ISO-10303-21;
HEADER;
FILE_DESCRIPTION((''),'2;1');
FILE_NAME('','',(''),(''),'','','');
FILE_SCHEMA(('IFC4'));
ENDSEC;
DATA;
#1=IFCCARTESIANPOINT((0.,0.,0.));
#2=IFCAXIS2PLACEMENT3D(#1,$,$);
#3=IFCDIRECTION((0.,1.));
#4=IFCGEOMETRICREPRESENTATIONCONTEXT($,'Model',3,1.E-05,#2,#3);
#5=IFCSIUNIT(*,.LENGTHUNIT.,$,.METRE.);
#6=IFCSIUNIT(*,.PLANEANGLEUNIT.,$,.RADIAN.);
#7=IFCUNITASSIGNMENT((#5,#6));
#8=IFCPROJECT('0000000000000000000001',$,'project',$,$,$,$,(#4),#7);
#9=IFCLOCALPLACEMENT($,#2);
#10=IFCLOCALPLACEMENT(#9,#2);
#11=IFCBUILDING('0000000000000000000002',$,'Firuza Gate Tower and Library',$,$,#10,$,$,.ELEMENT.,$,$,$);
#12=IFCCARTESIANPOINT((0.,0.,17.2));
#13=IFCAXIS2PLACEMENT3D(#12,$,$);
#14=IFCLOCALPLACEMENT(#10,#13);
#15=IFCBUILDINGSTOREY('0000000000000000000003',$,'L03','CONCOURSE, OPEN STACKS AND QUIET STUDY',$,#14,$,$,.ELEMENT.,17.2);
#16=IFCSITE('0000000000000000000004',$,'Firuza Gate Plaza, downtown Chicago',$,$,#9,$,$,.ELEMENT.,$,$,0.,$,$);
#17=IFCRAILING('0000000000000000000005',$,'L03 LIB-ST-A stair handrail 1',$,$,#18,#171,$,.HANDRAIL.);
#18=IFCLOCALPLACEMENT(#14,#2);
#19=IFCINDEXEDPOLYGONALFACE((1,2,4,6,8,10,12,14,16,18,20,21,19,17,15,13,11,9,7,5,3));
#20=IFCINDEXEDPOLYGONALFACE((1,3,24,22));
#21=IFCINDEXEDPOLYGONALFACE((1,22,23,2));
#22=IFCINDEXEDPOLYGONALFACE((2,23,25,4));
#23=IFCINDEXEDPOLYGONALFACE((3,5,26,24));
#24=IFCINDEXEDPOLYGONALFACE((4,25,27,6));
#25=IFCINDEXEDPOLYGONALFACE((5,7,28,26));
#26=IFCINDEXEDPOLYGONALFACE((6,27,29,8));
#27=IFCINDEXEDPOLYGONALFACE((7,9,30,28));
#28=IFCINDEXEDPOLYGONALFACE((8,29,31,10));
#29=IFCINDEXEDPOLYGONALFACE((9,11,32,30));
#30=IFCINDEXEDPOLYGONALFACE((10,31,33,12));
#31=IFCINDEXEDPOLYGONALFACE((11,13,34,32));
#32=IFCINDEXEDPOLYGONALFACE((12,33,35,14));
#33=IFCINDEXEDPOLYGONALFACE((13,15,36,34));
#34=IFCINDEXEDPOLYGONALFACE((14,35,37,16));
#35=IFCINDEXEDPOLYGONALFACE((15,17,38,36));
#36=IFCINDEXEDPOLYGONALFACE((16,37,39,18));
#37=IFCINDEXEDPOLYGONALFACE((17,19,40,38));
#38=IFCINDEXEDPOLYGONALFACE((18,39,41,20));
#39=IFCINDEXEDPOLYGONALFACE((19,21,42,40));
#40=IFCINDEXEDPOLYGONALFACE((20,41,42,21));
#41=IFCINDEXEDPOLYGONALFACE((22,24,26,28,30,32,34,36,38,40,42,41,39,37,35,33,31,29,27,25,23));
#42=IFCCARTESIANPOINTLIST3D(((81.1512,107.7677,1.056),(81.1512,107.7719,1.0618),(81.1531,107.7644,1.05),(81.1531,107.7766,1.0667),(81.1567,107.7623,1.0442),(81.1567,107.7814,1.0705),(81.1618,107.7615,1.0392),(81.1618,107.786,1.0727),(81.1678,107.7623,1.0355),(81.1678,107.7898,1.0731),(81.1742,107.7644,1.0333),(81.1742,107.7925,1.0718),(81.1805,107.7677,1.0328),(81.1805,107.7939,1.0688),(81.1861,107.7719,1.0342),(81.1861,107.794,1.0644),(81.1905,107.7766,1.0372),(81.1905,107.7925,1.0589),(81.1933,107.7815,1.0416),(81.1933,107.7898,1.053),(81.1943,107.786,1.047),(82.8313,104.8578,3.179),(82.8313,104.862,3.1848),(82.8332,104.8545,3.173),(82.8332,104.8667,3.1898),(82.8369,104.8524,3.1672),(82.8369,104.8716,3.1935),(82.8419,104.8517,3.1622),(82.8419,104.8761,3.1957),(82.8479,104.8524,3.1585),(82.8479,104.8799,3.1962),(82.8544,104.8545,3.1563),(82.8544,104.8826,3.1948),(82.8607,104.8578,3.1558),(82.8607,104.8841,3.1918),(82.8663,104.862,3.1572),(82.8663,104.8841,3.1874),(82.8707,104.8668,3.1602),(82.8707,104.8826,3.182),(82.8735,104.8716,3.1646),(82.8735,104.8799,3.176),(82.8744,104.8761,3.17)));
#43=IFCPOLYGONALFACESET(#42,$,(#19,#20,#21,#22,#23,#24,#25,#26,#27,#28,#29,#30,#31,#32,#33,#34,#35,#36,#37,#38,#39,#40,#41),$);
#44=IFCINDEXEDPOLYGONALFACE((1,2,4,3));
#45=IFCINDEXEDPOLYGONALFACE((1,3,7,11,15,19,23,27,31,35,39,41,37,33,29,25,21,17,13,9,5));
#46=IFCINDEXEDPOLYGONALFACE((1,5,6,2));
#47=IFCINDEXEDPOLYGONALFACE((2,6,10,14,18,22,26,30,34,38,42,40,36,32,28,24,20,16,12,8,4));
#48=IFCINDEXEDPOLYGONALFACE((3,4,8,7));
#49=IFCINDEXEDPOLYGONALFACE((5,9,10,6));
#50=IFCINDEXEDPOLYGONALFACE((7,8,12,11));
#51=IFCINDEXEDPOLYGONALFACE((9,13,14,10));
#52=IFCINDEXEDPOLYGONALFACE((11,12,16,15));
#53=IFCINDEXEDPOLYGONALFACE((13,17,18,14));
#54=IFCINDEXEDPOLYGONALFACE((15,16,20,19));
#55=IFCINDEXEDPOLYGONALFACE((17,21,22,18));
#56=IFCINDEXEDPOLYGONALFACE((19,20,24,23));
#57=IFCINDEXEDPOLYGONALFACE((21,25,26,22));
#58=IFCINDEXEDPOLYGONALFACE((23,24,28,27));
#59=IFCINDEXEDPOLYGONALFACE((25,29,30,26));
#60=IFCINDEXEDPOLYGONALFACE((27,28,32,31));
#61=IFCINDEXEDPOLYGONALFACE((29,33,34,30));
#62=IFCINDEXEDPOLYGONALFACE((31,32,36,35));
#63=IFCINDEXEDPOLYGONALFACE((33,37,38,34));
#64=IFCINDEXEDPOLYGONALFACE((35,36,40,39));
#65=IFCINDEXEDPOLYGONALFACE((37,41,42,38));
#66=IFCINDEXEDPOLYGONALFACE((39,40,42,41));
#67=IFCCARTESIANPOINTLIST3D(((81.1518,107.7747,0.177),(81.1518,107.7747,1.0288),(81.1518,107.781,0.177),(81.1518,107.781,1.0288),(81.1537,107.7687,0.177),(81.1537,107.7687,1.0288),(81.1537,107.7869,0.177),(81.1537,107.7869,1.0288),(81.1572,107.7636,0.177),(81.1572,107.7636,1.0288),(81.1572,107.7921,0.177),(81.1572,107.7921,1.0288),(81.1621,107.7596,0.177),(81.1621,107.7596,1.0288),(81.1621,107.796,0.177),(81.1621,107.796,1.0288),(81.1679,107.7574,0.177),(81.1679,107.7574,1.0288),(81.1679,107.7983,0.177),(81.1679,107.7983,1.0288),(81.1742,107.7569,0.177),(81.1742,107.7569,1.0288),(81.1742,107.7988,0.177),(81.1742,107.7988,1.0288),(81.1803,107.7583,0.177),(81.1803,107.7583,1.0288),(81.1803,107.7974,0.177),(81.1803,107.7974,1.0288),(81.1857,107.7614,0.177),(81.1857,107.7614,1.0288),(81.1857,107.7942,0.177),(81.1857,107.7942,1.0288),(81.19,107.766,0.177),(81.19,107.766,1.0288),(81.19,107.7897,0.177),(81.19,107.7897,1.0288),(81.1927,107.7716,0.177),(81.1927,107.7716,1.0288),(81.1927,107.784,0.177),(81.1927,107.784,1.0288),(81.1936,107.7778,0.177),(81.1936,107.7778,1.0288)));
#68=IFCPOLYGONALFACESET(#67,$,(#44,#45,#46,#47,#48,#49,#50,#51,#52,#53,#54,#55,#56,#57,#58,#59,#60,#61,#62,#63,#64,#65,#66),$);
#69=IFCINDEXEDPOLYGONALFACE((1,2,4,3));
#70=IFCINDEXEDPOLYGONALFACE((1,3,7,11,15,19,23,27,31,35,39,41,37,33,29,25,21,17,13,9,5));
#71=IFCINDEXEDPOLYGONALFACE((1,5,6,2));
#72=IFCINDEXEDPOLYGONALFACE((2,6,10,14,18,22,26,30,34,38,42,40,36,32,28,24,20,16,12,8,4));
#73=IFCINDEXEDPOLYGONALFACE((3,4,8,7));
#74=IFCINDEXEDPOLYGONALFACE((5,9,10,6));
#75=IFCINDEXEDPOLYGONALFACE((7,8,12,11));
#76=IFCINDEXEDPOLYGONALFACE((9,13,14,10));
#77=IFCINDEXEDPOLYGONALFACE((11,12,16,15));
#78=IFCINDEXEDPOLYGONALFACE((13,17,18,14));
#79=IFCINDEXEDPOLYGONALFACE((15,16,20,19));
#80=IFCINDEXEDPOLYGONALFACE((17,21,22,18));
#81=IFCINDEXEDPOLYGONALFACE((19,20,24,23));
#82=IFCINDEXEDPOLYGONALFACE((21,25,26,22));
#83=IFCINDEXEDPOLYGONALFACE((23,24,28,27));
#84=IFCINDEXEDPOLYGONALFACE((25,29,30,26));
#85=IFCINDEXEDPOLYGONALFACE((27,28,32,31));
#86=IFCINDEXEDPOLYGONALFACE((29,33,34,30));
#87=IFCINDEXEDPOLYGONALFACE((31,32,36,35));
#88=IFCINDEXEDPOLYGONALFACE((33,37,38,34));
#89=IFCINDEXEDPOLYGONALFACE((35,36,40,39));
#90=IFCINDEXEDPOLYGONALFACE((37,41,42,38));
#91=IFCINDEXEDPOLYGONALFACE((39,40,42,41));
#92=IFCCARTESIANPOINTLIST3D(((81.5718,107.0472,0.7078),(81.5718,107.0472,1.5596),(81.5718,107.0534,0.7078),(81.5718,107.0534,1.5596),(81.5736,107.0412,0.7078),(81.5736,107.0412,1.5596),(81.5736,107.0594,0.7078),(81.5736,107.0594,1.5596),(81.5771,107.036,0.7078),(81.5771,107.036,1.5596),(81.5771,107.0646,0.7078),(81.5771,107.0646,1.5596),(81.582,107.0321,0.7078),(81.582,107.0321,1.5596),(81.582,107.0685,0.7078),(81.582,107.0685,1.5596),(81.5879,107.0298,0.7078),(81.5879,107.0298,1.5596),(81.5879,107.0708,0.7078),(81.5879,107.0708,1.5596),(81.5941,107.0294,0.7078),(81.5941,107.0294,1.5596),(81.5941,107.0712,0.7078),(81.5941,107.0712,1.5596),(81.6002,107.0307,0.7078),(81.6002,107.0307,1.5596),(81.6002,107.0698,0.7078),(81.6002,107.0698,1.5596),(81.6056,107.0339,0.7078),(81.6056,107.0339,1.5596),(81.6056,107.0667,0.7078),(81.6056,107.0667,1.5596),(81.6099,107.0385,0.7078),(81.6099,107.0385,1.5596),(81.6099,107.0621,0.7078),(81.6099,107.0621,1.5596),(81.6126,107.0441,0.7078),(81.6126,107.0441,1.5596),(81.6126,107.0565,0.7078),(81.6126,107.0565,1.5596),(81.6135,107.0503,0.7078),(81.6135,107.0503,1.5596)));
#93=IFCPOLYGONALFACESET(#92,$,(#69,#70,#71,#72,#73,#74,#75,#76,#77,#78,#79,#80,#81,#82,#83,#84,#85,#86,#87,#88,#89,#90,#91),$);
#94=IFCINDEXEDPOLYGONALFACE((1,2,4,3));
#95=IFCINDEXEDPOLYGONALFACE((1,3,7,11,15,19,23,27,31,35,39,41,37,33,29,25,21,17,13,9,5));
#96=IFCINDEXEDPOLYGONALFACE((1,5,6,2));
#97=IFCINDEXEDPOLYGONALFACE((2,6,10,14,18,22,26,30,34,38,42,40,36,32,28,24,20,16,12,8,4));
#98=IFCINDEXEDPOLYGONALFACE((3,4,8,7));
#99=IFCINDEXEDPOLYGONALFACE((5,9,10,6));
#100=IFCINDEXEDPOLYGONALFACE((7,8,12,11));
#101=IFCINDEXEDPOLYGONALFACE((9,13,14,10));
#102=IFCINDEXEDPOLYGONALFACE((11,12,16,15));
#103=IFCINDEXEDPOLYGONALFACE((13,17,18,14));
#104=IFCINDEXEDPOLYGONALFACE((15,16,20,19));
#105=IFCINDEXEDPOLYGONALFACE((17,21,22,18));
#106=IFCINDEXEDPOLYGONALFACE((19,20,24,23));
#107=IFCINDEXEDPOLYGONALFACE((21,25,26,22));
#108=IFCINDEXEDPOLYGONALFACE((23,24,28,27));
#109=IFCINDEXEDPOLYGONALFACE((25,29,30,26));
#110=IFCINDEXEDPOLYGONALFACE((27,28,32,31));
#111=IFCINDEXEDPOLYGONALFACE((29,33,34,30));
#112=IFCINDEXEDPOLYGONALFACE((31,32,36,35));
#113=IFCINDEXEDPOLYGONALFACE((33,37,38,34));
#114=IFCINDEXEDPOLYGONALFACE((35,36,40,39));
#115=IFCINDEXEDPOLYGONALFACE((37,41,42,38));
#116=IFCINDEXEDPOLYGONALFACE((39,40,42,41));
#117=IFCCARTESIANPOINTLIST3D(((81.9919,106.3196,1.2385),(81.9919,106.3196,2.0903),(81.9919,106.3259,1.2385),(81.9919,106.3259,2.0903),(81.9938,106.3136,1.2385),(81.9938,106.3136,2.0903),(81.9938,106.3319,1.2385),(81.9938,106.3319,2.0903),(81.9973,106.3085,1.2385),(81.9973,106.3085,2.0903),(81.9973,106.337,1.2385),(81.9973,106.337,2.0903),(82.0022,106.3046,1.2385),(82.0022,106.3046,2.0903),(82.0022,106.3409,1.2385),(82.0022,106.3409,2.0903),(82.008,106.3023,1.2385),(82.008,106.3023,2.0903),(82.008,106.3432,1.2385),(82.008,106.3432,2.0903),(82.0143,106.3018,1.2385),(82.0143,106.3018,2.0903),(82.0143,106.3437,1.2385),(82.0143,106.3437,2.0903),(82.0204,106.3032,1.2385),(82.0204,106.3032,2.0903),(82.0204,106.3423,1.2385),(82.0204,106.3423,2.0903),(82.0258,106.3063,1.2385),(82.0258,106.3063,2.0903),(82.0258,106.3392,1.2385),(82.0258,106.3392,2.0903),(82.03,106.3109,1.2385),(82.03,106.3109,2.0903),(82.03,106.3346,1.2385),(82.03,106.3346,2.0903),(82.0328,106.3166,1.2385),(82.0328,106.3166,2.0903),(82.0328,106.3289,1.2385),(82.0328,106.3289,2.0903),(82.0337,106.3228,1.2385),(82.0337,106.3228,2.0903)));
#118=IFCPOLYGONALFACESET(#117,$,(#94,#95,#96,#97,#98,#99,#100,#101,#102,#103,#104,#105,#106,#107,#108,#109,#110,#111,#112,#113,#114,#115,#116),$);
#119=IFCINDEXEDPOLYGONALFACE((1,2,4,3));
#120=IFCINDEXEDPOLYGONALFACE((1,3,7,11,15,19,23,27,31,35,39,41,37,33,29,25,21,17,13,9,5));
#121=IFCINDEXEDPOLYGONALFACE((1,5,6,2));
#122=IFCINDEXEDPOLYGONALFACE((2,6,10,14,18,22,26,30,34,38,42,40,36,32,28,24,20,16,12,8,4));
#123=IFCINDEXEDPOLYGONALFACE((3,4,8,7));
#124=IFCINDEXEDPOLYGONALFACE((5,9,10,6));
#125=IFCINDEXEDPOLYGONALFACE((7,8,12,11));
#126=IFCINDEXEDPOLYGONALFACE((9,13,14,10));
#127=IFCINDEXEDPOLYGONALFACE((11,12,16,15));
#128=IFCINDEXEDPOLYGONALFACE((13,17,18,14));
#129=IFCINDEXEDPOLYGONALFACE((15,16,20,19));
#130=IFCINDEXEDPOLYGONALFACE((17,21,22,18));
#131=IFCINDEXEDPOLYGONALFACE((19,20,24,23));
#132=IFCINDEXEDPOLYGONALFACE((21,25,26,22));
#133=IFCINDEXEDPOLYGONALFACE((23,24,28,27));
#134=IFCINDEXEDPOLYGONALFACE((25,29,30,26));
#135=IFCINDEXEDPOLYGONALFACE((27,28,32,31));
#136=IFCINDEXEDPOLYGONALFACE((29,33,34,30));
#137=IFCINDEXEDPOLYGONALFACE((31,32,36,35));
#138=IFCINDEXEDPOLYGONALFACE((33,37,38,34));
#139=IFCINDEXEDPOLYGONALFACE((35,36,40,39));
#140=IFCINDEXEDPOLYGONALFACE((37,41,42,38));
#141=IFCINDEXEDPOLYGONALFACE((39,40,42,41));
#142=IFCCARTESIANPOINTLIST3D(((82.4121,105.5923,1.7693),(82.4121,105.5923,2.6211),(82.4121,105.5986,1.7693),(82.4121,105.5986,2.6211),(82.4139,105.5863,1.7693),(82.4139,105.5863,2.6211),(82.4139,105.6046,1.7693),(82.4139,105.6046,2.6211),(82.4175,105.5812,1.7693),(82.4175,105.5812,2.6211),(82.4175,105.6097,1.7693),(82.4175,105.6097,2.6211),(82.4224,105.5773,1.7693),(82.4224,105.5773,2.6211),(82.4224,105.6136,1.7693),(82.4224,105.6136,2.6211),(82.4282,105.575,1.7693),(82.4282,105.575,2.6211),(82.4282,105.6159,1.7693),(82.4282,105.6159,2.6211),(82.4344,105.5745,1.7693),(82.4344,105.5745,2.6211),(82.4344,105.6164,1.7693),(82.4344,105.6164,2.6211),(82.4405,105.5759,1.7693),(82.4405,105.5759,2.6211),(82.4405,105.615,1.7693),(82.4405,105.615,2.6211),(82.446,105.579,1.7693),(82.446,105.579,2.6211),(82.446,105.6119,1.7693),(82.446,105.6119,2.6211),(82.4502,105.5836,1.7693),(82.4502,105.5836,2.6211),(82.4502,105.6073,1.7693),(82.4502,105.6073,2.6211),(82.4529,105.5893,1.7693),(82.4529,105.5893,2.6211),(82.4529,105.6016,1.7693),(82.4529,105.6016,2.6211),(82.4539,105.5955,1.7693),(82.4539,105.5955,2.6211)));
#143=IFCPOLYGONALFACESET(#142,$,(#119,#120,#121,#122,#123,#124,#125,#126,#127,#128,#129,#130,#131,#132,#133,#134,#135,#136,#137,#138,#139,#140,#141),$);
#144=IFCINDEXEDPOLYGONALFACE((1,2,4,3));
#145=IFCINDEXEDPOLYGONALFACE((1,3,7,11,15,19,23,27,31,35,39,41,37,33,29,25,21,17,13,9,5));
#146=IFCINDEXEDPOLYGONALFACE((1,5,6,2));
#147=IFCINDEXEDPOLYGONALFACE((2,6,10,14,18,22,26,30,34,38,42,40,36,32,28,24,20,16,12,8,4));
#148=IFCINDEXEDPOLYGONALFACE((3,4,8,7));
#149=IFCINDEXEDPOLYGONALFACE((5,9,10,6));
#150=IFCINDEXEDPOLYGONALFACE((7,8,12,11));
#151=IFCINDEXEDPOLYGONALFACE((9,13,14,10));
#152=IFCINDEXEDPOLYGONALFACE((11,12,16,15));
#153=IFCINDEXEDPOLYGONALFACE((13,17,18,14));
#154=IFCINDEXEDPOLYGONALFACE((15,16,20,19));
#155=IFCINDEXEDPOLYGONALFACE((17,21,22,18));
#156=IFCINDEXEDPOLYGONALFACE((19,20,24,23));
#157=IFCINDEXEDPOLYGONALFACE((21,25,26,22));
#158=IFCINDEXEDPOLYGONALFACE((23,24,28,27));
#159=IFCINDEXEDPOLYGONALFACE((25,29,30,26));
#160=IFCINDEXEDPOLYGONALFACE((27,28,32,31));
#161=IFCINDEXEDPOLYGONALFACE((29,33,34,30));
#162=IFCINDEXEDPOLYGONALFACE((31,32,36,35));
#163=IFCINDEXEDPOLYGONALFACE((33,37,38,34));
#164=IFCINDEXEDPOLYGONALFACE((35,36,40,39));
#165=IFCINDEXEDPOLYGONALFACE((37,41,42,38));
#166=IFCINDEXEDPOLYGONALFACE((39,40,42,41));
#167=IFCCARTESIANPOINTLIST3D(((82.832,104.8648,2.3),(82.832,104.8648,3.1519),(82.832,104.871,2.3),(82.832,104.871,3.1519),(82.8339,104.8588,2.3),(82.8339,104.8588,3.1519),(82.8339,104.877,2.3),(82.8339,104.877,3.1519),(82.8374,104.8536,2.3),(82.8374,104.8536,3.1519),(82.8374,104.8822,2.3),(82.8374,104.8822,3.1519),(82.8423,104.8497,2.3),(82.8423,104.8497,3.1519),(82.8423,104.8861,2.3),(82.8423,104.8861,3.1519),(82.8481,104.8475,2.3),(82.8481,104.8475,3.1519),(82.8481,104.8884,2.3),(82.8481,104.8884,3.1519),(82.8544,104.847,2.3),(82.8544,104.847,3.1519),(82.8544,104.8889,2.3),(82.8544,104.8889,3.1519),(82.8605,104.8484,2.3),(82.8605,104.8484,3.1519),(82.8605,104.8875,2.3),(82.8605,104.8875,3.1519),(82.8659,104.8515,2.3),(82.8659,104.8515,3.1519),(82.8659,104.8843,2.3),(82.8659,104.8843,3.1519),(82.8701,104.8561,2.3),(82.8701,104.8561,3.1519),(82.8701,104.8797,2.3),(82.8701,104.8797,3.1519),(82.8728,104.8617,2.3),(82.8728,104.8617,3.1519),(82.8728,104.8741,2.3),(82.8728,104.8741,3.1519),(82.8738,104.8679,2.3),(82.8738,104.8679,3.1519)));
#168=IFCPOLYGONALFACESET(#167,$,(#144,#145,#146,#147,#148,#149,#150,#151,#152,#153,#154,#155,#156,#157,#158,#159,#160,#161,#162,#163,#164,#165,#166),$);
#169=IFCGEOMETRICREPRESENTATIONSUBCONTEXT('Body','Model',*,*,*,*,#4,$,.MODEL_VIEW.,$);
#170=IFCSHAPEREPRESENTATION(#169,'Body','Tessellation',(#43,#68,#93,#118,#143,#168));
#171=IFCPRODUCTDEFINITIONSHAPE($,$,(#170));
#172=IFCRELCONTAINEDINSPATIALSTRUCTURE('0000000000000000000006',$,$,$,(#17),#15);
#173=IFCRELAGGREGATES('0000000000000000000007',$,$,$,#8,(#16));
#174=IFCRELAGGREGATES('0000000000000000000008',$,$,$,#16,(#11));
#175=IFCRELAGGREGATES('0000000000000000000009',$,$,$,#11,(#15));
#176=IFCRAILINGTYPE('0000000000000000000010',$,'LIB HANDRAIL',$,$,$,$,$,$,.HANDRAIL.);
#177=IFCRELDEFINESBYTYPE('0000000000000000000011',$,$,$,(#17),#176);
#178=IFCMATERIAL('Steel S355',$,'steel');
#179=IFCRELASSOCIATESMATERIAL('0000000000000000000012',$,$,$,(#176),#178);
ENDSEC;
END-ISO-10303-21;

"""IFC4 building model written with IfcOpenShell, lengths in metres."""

from ifc_helpers import new_model, si_unit, direction, frame, origin, origin_2d, place, context, subcontext, project, spatial, circle, extrude, material, type_object, element, save


model = new_model("IFC4")

# Units and contexts
model_context = context("Model", 3, precision=1e-05, world=origin(), true_north=direction((0.0, 1.0)))
body_context = subcontext(model_context, "Body", "Model", "MODEL_VIEW")
ifc_project = project(units=[si_unit("LENGTHUNIT", "METRE"), si_unit("PLANEANGLEUNIT", "RADIAN")], contexts=[model_context])

# Site, building, storey
site_placement = place(None, origin())
site = spatial("IfcSite", under=ifc_project, at=site_placement, Name="Firuza Gate Plaza, downtown Chicago", CompositionType="ELEMENT", RefElevation=0.0)
building_placement = place(site_placement, origin())
building = spatial("IfcBuilding", under=site, at=building_placement, Name="Firuza Gate Tower and Library", CompositionType="ELEMENT")
storey_placement = place(building_placement, frame((0.0, 0.0, 17.2)))
storey = spatial("IfcBuildingStorey", under=building, at=storey_placement, Name="L03", Description="CONCOURSE, OPEN STACKS AND QUIET STUDY", CompositionType="ELEMENT", Elevation=17.2)

# Railing
ifc_material_1 = material(Name="Steel S355", Category="steel")
railing_type_1 = type_object("IfcRailingType", Name="LIB HANDRAIL", PredefinedType="HANDRAIL", material=ifc_material_1)
railing_1_placement = place(storey_placement, frame((81.1726, 107.7778, 0.177)))
element("IfcRailing", 1, at=railing_1_placement, inside=storey, type_object=railing_type_1, Name="L03 LIB-ST-A stair handrail 1", PredefinedType="HANDRAIL", context=body_context, shape_type="SweptSolid", body=[
    extrude(circle(Radius=0.0239, at=origin_2d()), frame((0.0, 0.0, 0.876), z_axis=(0.422722, -0.732116, 0.534146), x_axis=(0.866008, 0.500031, 0.0)), (0.0, 0.0, 1.0), 3.9746),
    extrude(circle(Radius=0.021, at=origin_2d()), origin(), (0.0, 0.0, 1.0), 0.8518),
    extrude(circle(Radius=0.021, at=origin_2d()), frame((0.4199, -0.7275, 0.5308)), (0.0, 0.0, 1.0), 0.8518),
    extrude(circle(Radius=0.021, at=origin_2d()), frame((0.8401, -1.4551, 1.0615)), (0.0, 0.0, 1.0), 0.8518),
    extrude(circle(Radius=0.021, at=origin_2d()), frame((1.2603, -2.1824, 1.5923)), (0.0, 0.0, 1.0), 0.8518),
    extrude(circle(Radius=0.021, at=origin_2d()), frame((1.6802, -2.9099, 2.123)), (0.0, 0.0, 1.0), 0.8518),
])

save(model, "model.ifc")
